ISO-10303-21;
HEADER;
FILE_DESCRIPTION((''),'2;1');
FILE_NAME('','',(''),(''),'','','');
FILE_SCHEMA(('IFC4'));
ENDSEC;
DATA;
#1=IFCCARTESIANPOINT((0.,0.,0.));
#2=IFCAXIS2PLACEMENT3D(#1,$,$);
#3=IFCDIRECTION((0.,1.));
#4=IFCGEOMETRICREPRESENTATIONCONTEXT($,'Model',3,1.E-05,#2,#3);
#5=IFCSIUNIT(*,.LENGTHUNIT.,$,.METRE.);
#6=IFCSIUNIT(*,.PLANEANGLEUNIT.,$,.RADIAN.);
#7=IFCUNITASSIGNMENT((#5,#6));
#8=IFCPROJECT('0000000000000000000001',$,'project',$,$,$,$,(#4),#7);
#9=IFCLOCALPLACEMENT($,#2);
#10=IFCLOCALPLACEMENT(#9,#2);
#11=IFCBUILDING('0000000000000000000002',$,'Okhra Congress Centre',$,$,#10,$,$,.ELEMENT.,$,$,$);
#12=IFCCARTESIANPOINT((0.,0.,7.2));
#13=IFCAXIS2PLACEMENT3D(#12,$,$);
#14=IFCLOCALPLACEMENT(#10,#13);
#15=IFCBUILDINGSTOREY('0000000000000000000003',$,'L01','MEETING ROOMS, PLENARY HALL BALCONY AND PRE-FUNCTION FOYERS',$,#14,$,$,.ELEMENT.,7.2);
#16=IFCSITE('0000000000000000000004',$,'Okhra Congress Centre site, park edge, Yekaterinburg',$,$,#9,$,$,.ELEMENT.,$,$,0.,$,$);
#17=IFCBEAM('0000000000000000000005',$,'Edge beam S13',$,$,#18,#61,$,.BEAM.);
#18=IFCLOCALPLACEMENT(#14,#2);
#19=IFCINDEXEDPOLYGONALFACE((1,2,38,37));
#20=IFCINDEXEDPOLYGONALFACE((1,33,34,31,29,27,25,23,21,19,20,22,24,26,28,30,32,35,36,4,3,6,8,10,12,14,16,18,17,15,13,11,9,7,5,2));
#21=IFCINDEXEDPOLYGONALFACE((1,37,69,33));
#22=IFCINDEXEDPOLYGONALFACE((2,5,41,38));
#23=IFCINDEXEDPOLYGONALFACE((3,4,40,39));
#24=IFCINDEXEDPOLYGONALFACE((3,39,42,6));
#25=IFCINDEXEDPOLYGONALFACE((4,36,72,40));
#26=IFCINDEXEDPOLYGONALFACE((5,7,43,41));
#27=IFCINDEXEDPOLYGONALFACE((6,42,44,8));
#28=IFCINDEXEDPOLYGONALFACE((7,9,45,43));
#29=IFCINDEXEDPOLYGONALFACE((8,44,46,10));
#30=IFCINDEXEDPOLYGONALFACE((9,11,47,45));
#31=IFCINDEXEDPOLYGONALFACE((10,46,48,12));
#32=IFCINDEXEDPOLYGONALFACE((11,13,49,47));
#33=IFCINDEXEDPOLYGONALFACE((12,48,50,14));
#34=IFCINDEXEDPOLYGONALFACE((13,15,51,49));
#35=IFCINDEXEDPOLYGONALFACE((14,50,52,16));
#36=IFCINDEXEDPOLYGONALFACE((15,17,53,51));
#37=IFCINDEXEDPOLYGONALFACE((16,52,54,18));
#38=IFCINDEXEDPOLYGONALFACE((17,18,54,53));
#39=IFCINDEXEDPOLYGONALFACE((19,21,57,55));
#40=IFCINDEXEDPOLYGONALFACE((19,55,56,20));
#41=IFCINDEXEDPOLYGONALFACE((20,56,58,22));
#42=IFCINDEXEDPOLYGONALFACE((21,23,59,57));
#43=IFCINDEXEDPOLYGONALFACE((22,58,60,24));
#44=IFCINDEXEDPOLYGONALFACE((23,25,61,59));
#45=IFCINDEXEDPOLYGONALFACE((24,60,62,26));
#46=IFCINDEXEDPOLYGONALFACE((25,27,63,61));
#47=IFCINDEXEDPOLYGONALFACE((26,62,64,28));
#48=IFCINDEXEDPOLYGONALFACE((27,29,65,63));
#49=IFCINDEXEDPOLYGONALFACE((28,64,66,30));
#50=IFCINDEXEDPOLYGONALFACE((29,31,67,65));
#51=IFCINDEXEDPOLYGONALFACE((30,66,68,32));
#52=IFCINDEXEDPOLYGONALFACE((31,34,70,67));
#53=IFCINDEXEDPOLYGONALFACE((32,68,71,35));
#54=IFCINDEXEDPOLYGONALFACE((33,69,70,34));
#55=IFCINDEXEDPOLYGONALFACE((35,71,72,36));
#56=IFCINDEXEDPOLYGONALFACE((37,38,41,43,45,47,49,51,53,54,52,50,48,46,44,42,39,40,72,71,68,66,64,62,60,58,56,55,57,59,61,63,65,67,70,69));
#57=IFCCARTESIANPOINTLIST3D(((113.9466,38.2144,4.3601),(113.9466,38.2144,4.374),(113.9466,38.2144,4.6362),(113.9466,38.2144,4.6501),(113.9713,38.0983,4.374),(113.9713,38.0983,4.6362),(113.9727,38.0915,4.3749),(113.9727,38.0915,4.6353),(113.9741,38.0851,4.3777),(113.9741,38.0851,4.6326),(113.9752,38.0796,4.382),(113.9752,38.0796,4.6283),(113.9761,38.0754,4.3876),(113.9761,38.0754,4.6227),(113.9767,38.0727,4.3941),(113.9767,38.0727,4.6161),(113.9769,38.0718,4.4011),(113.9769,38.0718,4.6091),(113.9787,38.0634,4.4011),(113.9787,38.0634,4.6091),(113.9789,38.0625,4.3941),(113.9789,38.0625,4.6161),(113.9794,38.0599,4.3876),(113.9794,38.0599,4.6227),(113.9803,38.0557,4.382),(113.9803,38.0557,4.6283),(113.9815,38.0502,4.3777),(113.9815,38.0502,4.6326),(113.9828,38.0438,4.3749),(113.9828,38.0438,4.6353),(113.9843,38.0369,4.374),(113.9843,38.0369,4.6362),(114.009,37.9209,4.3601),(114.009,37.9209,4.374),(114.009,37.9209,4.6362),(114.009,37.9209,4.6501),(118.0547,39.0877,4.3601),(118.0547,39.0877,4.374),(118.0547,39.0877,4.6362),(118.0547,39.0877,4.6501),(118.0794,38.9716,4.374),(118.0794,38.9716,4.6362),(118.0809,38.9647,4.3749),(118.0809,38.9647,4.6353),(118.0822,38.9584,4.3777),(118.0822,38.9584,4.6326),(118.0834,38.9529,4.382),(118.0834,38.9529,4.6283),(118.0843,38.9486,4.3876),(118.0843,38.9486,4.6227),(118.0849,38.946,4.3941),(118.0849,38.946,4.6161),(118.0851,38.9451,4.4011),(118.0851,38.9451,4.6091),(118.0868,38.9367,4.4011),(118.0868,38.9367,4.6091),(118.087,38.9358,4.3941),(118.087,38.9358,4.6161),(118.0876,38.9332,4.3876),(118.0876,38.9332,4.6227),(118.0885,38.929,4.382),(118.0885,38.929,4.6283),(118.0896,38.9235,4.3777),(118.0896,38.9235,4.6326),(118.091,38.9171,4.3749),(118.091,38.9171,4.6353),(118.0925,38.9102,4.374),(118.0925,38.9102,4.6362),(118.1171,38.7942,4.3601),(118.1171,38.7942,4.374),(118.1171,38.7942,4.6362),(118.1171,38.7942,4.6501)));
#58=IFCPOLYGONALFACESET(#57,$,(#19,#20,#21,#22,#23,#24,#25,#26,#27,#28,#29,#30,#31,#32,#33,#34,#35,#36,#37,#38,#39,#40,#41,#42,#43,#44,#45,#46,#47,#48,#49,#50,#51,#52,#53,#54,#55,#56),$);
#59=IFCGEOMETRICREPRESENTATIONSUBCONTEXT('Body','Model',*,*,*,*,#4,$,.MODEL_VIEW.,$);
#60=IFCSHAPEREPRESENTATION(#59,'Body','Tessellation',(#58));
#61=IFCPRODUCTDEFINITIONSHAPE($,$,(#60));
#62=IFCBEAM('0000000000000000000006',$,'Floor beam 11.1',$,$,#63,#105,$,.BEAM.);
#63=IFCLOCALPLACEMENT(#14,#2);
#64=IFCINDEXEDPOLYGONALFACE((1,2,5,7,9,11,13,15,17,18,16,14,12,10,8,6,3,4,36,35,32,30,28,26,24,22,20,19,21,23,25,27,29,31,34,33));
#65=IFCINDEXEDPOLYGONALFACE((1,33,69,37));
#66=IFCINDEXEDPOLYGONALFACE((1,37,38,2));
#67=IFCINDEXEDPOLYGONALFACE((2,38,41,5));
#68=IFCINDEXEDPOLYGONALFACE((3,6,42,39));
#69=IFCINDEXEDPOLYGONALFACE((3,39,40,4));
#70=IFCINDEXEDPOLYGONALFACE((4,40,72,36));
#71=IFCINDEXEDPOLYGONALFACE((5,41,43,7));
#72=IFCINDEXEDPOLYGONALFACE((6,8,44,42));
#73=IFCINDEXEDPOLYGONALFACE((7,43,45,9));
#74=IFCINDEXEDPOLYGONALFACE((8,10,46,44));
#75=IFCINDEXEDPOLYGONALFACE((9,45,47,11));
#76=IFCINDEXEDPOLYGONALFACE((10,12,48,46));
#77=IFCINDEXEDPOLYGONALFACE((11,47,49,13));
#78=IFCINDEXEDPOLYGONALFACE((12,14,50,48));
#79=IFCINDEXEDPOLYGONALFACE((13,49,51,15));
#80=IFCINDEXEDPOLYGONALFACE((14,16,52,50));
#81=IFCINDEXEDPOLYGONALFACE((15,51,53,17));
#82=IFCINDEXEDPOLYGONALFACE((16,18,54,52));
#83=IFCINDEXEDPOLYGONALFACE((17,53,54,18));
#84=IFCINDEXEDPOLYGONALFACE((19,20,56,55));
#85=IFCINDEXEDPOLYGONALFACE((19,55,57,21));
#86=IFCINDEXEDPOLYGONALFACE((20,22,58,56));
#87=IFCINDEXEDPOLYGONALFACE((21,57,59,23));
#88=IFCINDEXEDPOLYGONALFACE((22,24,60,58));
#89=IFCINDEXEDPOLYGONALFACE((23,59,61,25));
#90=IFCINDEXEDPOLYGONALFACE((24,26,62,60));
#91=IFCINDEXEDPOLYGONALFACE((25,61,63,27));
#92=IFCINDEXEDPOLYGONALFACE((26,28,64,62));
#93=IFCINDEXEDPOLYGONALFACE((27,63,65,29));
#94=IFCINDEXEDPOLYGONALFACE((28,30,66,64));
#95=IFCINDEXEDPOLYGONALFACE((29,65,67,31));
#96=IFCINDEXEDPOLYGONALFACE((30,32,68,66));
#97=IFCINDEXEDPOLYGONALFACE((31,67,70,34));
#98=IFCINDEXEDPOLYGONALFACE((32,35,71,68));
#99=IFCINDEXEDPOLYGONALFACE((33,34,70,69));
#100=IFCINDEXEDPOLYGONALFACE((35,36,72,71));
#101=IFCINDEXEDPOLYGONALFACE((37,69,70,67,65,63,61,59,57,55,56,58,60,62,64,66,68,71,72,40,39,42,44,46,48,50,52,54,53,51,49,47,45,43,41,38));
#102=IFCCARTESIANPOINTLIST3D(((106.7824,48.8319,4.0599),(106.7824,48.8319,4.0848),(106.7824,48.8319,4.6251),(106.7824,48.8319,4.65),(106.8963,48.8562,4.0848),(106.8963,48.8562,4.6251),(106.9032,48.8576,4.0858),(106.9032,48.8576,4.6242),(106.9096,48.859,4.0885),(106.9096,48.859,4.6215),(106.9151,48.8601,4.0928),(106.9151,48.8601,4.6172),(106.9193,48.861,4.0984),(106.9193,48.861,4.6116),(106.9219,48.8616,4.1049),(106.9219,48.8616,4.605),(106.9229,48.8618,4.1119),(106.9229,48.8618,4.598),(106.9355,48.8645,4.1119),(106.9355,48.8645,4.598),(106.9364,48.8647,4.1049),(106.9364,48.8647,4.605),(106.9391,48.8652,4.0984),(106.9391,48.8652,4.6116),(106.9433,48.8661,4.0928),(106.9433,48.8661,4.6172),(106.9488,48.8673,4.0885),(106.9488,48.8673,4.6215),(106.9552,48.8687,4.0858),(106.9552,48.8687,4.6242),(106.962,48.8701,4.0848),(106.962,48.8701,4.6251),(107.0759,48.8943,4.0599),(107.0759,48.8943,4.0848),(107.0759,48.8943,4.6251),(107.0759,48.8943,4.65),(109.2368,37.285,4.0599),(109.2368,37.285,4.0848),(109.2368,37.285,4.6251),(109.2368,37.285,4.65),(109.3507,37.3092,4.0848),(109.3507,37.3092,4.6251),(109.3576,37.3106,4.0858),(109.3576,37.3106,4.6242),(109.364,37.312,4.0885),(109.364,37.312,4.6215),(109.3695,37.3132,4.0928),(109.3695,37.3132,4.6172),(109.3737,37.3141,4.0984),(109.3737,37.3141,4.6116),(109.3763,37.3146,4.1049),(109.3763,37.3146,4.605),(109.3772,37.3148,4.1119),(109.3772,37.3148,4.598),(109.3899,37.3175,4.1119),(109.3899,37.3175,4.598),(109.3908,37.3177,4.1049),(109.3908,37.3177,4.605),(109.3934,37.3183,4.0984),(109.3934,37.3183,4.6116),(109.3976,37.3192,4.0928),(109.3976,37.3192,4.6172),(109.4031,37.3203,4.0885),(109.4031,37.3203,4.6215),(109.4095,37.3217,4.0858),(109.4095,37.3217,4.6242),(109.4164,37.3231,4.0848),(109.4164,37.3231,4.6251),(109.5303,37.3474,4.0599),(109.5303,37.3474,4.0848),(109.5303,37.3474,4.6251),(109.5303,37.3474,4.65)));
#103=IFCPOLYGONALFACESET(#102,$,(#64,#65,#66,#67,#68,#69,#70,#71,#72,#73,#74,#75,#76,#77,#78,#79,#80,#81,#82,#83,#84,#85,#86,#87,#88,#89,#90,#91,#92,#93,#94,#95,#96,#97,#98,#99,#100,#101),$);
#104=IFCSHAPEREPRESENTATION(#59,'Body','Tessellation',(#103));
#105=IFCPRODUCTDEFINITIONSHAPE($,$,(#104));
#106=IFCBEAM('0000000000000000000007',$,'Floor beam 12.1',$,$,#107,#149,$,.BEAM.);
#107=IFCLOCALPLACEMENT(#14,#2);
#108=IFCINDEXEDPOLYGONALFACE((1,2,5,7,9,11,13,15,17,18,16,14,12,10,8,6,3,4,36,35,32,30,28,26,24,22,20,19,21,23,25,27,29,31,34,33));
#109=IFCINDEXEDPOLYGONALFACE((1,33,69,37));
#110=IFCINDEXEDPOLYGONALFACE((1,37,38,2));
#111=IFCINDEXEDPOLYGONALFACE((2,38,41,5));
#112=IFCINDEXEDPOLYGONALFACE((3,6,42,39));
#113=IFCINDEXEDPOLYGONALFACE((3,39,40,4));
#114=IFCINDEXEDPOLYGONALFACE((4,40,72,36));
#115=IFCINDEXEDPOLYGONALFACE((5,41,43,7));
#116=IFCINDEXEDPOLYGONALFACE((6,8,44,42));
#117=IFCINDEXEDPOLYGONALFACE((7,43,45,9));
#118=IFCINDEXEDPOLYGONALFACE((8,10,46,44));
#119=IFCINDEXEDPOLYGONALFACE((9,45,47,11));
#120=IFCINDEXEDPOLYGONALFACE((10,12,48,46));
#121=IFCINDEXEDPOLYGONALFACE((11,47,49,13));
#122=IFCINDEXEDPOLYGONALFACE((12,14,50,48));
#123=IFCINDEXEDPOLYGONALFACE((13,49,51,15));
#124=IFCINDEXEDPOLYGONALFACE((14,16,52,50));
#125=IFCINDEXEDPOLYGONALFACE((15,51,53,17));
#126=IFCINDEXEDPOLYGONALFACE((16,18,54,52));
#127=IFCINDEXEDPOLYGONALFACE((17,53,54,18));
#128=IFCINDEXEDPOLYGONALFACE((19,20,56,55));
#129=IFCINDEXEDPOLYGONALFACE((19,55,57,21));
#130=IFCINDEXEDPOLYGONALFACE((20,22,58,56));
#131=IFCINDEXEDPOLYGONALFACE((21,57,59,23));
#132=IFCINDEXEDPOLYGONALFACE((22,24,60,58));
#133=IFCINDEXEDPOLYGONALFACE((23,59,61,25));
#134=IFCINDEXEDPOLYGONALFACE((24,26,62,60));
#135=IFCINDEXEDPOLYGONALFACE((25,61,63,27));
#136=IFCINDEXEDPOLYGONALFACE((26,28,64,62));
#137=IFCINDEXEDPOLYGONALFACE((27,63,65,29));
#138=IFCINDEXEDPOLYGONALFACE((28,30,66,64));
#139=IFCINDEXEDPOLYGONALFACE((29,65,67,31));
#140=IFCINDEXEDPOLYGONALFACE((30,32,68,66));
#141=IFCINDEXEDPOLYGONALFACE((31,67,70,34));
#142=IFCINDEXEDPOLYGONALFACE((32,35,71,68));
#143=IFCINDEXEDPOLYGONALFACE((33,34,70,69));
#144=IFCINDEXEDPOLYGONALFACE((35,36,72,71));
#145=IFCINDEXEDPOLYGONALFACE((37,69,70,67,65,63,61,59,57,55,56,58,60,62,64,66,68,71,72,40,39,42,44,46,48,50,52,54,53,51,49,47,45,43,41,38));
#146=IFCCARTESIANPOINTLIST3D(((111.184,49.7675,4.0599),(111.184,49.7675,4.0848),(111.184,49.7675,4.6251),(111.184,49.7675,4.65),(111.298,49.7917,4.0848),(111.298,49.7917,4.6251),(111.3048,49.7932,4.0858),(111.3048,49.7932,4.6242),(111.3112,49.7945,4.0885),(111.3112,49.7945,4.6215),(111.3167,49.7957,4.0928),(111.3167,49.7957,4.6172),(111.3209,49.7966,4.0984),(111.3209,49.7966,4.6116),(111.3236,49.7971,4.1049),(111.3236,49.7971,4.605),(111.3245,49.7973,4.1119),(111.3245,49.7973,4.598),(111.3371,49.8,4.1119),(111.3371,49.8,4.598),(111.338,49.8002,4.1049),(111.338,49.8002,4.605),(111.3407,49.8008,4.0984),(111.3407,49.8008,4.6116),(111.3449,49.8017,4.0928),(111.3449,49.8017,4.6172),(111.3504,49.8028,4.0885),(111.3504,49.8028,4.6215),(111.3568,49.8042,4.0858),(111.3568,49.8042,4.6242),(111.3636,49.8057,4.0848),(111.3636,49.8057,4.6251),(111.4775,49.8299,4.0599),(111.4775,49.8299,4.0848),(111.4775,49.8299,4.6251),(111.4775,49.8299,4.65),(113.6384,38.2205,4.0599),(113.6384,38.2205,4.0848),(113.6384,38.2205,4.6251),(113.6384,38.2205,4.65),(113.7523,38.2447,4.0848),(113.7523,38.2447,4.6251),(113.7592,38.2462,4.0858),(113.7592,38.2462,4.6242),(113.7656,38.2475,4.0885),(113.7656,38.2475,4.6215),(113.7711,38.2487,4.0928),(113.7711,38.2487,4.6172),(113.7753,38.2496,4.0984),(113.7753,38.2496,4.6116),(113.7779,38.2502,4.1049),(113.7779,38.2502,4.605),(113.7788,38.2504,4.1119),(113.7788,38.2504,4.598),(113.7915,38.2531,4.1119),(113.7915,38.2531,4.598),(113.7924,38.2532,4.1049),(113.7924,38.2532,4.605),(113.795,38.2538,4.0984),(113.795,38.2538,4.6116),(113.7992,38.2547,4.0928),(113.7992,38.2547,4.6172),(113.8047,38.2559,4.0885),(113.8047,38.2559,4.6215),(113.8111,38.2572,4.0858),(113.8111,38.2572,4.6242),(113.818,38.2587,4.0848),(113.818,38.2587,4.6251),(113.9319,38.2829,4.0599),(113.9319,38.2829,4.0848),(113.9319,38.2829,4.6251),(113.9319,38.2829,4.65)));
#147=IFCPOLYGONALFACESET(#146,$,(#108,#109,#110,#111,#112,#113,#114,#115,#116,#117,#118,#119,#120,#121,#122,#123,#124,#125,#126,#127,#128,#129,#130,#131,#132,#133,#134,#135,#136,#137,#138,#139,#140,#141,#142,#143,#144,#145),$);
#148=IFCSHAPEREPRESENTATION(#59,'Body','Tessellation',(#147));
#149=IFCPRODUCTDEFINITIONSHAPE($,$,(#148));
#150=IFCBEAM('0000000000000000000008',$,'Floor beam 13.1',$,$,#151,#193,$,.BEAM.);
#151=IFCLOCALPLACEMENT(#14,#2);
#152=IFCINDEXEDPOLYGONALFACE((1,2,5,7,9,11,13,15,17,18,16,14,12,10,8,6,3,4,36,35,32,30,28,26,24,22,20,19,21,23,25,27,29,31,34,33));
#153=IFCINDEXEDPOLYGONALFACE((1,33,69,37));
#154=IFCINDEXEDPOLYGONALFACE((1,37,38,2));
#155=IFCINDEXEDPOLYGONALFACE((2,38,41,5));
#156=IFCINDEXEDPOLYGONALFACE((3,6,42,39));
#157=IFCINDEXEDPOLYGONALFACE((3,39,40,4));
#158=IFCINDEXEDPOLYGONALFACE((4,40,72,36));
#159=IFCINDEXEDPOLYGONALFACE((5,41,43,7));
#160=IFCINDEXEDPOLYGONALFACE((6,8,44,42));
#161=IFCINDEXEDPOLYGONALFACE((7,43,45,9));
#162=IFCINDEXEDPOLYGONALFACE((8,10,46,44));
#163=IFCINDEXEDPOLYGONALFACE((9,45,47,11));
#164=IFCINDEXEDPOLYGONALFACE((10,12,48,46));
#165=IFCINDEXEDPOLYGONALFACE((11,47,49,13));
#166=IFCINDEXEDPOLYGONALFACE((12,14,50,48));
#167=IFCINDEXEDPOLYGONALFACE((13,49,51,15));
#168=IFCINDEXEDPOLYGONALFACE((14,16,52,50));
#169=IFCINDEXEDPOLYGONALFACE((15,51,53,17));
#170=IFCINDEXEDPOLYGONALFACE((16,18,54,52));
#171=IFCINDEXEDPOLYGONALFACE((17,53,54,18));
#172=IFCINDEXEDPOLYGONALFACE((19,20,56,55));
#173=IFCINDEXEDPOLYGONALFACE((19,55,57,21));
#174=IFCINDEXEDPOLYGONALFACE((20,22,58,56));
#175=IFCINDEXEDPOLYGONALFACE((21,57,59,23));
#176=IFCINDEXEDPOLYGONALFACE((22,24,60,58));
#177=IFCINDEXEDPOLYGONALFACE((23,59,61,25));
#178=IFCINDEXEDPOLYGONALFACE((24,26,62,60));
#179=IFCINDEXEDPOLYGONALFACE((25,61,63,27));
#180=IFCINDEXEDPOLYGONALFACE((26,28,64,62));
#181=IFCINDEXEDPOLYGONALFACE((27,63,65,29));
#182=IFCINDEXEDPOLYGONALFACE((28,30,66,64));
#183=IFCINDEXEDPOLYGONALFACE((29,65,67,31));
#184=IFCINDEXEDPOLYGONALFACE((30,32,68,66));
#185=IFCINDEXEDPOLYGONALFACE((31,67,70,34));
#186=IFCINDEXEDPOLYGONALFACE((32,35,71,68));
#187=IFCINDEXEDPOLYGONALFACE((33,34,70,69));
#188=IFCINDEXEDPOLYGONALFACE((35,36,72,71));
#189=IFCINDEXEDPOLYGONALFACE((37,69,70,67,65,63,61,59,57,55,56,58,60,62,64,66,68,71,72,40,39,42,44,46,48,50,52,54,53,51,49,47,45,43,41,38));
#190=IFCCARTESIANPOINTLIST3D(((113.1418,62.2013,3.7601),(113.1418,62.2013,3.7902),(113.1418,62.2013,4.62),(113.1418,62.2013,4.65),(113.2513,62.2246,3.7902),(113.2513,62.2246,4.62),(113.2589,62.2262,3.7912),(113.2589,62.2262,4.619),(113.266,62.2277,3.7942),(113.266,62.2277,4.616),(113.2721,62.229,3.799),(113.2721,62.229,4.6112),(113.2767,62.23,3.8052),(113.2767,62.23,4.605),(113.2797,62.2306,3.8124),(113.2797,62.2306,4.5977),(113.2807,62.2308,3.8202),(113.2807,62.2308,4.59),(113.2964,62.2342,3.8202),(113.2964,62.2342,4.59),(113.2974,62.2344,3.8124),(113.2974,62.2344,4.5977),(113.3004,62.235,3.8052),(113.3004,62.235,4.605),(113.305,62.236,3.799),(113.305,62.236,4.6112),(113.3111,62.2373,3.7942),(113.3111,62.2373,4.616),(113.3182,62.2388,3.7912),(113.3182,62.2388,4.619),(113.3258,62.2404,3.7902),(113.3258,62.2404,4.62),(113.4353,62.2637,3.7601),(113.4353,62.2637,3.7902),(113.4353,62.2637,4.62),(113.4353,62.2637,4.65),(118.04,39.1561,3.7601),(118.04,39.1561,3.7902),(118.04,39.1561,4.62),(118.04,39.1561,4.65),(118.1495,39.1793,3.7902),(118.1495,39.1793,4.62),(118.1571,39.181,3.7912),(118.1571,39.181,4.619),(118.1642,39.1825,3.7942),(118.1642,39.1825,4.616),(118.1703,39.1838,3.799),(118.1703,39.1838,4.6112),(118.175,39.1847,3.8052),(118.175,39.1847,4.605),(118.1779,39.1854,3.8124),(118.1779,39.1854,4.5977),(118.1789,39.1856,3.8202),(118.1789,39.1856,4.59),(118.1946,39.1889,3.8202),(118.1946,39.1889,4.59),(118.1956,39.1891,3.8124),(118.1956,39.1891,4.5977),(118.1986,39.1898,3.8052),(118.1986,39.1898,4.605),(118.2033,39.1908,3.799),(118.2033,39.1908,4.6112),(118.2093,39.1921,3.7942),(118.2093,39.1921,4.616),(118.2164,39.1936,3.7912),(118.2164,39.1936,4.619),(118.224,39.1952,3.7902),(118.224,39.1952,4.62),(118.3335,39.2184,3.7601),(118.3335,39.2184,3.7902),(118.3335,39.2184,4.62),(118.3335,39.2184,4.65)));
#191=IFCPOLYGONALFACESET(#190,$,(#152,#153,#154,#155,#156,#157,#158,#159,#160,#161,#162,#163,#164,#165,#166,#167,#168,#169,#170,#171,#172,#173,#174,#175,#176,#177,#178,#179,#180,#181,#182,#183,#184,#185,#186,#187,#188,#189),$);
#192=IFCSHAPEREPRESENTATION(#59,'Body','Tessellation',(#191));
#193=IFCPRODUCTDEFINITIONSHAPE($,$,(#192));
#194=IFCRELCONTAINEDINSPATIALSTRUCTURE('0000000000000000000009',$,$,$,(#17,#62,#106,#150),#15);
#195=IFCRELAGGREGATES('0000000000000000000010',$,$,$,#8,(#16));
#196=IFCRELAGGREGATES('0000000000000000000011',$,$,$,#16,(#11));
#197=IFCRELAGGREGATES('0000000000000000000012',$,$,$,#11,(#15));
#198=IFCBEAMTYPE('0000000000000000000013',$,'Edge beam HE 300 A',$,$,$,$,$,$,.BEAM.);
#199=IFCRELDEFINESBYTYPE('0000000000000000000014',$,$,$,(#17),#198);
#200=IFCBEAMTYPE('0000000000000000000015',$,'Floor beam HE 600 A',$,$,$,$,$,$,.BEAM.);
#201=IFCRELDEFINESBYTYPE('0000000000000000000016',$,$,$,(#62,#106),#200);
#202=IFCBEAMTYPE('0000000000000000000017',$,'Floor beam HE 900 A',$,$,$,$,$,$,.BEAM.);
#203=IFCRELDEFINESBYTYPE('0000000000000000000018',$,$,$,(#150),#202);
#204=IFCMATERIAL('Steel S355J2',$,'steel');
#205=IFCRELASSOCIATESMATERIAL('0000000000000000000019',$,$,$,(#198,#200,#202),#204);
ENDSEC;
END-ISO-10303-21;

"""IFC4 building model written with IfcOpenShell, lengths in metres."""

from ifc_helpers import new_model, si_unit, direction, frame, origin, origin_2d, place, context, subcontext, project, spatial, i_section, extrude, material, material_profile, profile_set, type_object, element, save


model = new_model("IFC4")

# Units and contexts
model_context = context("Model", 3, precision=1e-05, world=origin(), true_north=direction((0.0, 1.0)))
body_context = subcontext(model_context, "Body", "Model", "MODEL_VIEW")
ifc_project = project(units=[si_unit("LENGTHUNIT", "METRE"), si_unit("PLANEANGLEUNIT", "RADIAN")], contexts=[model_context])

# Site, building, storey
site_placement = place(None, origin())
site = spatial("IfcSite", under=ifc_project, at=site_placement, Name="Okhra Congress Centre site, park edge, Yekaterinburg", CompositionType="ELEMENT", RefElevation=0.0)
building_placement = place(site_placement, origin())
building = spatial("IfcBuilding", under=site, at=building_placement, Name="Okhra Congress Centre", CompositionType="ELEMENT")
storey_placement = place(building_placement, frame((0.0, 0.0, 7.2)))
storey = spatial("IfcBuildingStorey", under=building, at=storey_placement, Name="L01", Description="MEETING ROOMS, PLENARY HALL BALCONY AND PRE-FUNCTION FOYERS", CompositionType="ELEMENT", Elevation=7.2)

# Shared definitions
ifc_material_1 = material(Name="Steel S355J2", Category="steel")

# Beams
ifc_material_profile_1 = material_profile(ifc_material_1, i_section(OverallWidth=0.3, OverallDepth=0.29, WebThickness=0.0085, FlangeThickness=0.0139, FilletRadius=0.0271, at=origin_2d()), Name="HE 300 A")
ifc_profile_set_1 = profile_set([ifc_material_profile_1], Name="Steel S355J2")
beam_type_1 = type_object("IfcBeamType", Name="Edge beam HE 300 A", PredefinedType="BEAM", material=ifc_profile_set_1)
beam_1_placement = place(storey_placement, frame((113.9778, 38.0676, 4.5051), z_axis=(0.978144, 0.207929, 0.0), x_axis=(-0.207929, 0.978144, 0.0)))
element("IfcBeam", 1, at=beam_1_placement, inside=storey, type_object=beam_type_1, Name="Edge beam S13", PredefinedType="BEAM", context=body_context, shape_type="SweptSolid", body=[
    extrude(i_section(OverallWidth=0.3, OverallDepth=0.29, WebThickness=0.0085, FlangeThickness=0.0139, FilletRadius=0.0271, at=origin_2d()), origin(), (0.0, 0.0, 1.0), 4.2),
])
ifc_material_profile_2 = material_profile(ifc_material_1, i_section(OverallWidth=0.3, OverallDepth=0.5901, WebThickness=0.0129, FlangeThickness=0.0249, FilletRadius=0.0271, at=origin_2d()), Name="HE 600 A")
ifc_profile_set_2 = profile_set([ifc_material_profile_2], Name="Steel S355J2")
beam_type_2 = type_object("IfcBeamType", Name="Floor beam HE 600 A", PredefinedType="BEAM", material=ifc_profile_set_2)
for number, where, z_axis, x_axis, name in (
    (2, (109.3835, 37.3162, 4.355), (-0.20791, 0.978148, 0.0), (-0.978148, -0.20791, 0.0), "Floor beam 11.1"),
    (3, (113.7852, 38.2517, 4.355), (-0.20791, 0.978148, 0.0), (-0.978148, -0.20791, 0.0), "Floor beam 12.1"),
):
    element("IfcBeam", number, at=place(storey_placement, frame(where, z_axis=z_axis, x_axis=x_axis)), inside=storey, type_object=beam_type_2, Name=name, PredefinedType="BEAM", context=body_context, shape_type="SweptSolid", body=[
        extrude(i_section(OverallWidth=0.3, OverallDepth=0.5901, WebThickness=0.0129, FlangeThickness=0.0249, FilletRadius=0.0271, at=origin_2d()), origin(), (0.0, 0.0, 1.0), 11.8049),
    ])
ifc_material_profile_3 = material_profile(ifc_material_1, i_section(OverallWidth=0.3, OverallDepth=0.8899, WebThickness=0.0161, FlangeThickness=0.03, FilletRadius=0.03, at=origin_2d()), Name="HE 900 A")
ifc_profile_set_3 = profile_set([ifc_material_profile_3], Name="Steel S355J2")
beam_type_3 = type_object("IfcBeamType", Name="Floor beam HE 900 A", PredefinedType="BEAM", material=ifc_profile_set_3)
beam_2_placement = place(storey_placement, frame((118.1868, 39.1873, 4.2051), z_axis=(-0.207903, 0.978149, 0.0), x_axis=(-0.978149, -0.207903, 0.0)))
element("IfcBeam", 4, at=beam_2_placement, inside=storey, type_object=beam_type_3, Name="Floor beam 13.1", PredefinedType="BEAM", context=body_context, shape_type="SweptSolid", body=[
    extrude(i_section(OverallWidth=0.3, OverallDepth=0.8899, WebThickness=0.0161, FlangeThickness=0.03, FilletRadius=0.03, at=origin_2d()), origin(), (0.0, 0.0, 1.0), 23.5601),
])

save(model, "model.ifc")
